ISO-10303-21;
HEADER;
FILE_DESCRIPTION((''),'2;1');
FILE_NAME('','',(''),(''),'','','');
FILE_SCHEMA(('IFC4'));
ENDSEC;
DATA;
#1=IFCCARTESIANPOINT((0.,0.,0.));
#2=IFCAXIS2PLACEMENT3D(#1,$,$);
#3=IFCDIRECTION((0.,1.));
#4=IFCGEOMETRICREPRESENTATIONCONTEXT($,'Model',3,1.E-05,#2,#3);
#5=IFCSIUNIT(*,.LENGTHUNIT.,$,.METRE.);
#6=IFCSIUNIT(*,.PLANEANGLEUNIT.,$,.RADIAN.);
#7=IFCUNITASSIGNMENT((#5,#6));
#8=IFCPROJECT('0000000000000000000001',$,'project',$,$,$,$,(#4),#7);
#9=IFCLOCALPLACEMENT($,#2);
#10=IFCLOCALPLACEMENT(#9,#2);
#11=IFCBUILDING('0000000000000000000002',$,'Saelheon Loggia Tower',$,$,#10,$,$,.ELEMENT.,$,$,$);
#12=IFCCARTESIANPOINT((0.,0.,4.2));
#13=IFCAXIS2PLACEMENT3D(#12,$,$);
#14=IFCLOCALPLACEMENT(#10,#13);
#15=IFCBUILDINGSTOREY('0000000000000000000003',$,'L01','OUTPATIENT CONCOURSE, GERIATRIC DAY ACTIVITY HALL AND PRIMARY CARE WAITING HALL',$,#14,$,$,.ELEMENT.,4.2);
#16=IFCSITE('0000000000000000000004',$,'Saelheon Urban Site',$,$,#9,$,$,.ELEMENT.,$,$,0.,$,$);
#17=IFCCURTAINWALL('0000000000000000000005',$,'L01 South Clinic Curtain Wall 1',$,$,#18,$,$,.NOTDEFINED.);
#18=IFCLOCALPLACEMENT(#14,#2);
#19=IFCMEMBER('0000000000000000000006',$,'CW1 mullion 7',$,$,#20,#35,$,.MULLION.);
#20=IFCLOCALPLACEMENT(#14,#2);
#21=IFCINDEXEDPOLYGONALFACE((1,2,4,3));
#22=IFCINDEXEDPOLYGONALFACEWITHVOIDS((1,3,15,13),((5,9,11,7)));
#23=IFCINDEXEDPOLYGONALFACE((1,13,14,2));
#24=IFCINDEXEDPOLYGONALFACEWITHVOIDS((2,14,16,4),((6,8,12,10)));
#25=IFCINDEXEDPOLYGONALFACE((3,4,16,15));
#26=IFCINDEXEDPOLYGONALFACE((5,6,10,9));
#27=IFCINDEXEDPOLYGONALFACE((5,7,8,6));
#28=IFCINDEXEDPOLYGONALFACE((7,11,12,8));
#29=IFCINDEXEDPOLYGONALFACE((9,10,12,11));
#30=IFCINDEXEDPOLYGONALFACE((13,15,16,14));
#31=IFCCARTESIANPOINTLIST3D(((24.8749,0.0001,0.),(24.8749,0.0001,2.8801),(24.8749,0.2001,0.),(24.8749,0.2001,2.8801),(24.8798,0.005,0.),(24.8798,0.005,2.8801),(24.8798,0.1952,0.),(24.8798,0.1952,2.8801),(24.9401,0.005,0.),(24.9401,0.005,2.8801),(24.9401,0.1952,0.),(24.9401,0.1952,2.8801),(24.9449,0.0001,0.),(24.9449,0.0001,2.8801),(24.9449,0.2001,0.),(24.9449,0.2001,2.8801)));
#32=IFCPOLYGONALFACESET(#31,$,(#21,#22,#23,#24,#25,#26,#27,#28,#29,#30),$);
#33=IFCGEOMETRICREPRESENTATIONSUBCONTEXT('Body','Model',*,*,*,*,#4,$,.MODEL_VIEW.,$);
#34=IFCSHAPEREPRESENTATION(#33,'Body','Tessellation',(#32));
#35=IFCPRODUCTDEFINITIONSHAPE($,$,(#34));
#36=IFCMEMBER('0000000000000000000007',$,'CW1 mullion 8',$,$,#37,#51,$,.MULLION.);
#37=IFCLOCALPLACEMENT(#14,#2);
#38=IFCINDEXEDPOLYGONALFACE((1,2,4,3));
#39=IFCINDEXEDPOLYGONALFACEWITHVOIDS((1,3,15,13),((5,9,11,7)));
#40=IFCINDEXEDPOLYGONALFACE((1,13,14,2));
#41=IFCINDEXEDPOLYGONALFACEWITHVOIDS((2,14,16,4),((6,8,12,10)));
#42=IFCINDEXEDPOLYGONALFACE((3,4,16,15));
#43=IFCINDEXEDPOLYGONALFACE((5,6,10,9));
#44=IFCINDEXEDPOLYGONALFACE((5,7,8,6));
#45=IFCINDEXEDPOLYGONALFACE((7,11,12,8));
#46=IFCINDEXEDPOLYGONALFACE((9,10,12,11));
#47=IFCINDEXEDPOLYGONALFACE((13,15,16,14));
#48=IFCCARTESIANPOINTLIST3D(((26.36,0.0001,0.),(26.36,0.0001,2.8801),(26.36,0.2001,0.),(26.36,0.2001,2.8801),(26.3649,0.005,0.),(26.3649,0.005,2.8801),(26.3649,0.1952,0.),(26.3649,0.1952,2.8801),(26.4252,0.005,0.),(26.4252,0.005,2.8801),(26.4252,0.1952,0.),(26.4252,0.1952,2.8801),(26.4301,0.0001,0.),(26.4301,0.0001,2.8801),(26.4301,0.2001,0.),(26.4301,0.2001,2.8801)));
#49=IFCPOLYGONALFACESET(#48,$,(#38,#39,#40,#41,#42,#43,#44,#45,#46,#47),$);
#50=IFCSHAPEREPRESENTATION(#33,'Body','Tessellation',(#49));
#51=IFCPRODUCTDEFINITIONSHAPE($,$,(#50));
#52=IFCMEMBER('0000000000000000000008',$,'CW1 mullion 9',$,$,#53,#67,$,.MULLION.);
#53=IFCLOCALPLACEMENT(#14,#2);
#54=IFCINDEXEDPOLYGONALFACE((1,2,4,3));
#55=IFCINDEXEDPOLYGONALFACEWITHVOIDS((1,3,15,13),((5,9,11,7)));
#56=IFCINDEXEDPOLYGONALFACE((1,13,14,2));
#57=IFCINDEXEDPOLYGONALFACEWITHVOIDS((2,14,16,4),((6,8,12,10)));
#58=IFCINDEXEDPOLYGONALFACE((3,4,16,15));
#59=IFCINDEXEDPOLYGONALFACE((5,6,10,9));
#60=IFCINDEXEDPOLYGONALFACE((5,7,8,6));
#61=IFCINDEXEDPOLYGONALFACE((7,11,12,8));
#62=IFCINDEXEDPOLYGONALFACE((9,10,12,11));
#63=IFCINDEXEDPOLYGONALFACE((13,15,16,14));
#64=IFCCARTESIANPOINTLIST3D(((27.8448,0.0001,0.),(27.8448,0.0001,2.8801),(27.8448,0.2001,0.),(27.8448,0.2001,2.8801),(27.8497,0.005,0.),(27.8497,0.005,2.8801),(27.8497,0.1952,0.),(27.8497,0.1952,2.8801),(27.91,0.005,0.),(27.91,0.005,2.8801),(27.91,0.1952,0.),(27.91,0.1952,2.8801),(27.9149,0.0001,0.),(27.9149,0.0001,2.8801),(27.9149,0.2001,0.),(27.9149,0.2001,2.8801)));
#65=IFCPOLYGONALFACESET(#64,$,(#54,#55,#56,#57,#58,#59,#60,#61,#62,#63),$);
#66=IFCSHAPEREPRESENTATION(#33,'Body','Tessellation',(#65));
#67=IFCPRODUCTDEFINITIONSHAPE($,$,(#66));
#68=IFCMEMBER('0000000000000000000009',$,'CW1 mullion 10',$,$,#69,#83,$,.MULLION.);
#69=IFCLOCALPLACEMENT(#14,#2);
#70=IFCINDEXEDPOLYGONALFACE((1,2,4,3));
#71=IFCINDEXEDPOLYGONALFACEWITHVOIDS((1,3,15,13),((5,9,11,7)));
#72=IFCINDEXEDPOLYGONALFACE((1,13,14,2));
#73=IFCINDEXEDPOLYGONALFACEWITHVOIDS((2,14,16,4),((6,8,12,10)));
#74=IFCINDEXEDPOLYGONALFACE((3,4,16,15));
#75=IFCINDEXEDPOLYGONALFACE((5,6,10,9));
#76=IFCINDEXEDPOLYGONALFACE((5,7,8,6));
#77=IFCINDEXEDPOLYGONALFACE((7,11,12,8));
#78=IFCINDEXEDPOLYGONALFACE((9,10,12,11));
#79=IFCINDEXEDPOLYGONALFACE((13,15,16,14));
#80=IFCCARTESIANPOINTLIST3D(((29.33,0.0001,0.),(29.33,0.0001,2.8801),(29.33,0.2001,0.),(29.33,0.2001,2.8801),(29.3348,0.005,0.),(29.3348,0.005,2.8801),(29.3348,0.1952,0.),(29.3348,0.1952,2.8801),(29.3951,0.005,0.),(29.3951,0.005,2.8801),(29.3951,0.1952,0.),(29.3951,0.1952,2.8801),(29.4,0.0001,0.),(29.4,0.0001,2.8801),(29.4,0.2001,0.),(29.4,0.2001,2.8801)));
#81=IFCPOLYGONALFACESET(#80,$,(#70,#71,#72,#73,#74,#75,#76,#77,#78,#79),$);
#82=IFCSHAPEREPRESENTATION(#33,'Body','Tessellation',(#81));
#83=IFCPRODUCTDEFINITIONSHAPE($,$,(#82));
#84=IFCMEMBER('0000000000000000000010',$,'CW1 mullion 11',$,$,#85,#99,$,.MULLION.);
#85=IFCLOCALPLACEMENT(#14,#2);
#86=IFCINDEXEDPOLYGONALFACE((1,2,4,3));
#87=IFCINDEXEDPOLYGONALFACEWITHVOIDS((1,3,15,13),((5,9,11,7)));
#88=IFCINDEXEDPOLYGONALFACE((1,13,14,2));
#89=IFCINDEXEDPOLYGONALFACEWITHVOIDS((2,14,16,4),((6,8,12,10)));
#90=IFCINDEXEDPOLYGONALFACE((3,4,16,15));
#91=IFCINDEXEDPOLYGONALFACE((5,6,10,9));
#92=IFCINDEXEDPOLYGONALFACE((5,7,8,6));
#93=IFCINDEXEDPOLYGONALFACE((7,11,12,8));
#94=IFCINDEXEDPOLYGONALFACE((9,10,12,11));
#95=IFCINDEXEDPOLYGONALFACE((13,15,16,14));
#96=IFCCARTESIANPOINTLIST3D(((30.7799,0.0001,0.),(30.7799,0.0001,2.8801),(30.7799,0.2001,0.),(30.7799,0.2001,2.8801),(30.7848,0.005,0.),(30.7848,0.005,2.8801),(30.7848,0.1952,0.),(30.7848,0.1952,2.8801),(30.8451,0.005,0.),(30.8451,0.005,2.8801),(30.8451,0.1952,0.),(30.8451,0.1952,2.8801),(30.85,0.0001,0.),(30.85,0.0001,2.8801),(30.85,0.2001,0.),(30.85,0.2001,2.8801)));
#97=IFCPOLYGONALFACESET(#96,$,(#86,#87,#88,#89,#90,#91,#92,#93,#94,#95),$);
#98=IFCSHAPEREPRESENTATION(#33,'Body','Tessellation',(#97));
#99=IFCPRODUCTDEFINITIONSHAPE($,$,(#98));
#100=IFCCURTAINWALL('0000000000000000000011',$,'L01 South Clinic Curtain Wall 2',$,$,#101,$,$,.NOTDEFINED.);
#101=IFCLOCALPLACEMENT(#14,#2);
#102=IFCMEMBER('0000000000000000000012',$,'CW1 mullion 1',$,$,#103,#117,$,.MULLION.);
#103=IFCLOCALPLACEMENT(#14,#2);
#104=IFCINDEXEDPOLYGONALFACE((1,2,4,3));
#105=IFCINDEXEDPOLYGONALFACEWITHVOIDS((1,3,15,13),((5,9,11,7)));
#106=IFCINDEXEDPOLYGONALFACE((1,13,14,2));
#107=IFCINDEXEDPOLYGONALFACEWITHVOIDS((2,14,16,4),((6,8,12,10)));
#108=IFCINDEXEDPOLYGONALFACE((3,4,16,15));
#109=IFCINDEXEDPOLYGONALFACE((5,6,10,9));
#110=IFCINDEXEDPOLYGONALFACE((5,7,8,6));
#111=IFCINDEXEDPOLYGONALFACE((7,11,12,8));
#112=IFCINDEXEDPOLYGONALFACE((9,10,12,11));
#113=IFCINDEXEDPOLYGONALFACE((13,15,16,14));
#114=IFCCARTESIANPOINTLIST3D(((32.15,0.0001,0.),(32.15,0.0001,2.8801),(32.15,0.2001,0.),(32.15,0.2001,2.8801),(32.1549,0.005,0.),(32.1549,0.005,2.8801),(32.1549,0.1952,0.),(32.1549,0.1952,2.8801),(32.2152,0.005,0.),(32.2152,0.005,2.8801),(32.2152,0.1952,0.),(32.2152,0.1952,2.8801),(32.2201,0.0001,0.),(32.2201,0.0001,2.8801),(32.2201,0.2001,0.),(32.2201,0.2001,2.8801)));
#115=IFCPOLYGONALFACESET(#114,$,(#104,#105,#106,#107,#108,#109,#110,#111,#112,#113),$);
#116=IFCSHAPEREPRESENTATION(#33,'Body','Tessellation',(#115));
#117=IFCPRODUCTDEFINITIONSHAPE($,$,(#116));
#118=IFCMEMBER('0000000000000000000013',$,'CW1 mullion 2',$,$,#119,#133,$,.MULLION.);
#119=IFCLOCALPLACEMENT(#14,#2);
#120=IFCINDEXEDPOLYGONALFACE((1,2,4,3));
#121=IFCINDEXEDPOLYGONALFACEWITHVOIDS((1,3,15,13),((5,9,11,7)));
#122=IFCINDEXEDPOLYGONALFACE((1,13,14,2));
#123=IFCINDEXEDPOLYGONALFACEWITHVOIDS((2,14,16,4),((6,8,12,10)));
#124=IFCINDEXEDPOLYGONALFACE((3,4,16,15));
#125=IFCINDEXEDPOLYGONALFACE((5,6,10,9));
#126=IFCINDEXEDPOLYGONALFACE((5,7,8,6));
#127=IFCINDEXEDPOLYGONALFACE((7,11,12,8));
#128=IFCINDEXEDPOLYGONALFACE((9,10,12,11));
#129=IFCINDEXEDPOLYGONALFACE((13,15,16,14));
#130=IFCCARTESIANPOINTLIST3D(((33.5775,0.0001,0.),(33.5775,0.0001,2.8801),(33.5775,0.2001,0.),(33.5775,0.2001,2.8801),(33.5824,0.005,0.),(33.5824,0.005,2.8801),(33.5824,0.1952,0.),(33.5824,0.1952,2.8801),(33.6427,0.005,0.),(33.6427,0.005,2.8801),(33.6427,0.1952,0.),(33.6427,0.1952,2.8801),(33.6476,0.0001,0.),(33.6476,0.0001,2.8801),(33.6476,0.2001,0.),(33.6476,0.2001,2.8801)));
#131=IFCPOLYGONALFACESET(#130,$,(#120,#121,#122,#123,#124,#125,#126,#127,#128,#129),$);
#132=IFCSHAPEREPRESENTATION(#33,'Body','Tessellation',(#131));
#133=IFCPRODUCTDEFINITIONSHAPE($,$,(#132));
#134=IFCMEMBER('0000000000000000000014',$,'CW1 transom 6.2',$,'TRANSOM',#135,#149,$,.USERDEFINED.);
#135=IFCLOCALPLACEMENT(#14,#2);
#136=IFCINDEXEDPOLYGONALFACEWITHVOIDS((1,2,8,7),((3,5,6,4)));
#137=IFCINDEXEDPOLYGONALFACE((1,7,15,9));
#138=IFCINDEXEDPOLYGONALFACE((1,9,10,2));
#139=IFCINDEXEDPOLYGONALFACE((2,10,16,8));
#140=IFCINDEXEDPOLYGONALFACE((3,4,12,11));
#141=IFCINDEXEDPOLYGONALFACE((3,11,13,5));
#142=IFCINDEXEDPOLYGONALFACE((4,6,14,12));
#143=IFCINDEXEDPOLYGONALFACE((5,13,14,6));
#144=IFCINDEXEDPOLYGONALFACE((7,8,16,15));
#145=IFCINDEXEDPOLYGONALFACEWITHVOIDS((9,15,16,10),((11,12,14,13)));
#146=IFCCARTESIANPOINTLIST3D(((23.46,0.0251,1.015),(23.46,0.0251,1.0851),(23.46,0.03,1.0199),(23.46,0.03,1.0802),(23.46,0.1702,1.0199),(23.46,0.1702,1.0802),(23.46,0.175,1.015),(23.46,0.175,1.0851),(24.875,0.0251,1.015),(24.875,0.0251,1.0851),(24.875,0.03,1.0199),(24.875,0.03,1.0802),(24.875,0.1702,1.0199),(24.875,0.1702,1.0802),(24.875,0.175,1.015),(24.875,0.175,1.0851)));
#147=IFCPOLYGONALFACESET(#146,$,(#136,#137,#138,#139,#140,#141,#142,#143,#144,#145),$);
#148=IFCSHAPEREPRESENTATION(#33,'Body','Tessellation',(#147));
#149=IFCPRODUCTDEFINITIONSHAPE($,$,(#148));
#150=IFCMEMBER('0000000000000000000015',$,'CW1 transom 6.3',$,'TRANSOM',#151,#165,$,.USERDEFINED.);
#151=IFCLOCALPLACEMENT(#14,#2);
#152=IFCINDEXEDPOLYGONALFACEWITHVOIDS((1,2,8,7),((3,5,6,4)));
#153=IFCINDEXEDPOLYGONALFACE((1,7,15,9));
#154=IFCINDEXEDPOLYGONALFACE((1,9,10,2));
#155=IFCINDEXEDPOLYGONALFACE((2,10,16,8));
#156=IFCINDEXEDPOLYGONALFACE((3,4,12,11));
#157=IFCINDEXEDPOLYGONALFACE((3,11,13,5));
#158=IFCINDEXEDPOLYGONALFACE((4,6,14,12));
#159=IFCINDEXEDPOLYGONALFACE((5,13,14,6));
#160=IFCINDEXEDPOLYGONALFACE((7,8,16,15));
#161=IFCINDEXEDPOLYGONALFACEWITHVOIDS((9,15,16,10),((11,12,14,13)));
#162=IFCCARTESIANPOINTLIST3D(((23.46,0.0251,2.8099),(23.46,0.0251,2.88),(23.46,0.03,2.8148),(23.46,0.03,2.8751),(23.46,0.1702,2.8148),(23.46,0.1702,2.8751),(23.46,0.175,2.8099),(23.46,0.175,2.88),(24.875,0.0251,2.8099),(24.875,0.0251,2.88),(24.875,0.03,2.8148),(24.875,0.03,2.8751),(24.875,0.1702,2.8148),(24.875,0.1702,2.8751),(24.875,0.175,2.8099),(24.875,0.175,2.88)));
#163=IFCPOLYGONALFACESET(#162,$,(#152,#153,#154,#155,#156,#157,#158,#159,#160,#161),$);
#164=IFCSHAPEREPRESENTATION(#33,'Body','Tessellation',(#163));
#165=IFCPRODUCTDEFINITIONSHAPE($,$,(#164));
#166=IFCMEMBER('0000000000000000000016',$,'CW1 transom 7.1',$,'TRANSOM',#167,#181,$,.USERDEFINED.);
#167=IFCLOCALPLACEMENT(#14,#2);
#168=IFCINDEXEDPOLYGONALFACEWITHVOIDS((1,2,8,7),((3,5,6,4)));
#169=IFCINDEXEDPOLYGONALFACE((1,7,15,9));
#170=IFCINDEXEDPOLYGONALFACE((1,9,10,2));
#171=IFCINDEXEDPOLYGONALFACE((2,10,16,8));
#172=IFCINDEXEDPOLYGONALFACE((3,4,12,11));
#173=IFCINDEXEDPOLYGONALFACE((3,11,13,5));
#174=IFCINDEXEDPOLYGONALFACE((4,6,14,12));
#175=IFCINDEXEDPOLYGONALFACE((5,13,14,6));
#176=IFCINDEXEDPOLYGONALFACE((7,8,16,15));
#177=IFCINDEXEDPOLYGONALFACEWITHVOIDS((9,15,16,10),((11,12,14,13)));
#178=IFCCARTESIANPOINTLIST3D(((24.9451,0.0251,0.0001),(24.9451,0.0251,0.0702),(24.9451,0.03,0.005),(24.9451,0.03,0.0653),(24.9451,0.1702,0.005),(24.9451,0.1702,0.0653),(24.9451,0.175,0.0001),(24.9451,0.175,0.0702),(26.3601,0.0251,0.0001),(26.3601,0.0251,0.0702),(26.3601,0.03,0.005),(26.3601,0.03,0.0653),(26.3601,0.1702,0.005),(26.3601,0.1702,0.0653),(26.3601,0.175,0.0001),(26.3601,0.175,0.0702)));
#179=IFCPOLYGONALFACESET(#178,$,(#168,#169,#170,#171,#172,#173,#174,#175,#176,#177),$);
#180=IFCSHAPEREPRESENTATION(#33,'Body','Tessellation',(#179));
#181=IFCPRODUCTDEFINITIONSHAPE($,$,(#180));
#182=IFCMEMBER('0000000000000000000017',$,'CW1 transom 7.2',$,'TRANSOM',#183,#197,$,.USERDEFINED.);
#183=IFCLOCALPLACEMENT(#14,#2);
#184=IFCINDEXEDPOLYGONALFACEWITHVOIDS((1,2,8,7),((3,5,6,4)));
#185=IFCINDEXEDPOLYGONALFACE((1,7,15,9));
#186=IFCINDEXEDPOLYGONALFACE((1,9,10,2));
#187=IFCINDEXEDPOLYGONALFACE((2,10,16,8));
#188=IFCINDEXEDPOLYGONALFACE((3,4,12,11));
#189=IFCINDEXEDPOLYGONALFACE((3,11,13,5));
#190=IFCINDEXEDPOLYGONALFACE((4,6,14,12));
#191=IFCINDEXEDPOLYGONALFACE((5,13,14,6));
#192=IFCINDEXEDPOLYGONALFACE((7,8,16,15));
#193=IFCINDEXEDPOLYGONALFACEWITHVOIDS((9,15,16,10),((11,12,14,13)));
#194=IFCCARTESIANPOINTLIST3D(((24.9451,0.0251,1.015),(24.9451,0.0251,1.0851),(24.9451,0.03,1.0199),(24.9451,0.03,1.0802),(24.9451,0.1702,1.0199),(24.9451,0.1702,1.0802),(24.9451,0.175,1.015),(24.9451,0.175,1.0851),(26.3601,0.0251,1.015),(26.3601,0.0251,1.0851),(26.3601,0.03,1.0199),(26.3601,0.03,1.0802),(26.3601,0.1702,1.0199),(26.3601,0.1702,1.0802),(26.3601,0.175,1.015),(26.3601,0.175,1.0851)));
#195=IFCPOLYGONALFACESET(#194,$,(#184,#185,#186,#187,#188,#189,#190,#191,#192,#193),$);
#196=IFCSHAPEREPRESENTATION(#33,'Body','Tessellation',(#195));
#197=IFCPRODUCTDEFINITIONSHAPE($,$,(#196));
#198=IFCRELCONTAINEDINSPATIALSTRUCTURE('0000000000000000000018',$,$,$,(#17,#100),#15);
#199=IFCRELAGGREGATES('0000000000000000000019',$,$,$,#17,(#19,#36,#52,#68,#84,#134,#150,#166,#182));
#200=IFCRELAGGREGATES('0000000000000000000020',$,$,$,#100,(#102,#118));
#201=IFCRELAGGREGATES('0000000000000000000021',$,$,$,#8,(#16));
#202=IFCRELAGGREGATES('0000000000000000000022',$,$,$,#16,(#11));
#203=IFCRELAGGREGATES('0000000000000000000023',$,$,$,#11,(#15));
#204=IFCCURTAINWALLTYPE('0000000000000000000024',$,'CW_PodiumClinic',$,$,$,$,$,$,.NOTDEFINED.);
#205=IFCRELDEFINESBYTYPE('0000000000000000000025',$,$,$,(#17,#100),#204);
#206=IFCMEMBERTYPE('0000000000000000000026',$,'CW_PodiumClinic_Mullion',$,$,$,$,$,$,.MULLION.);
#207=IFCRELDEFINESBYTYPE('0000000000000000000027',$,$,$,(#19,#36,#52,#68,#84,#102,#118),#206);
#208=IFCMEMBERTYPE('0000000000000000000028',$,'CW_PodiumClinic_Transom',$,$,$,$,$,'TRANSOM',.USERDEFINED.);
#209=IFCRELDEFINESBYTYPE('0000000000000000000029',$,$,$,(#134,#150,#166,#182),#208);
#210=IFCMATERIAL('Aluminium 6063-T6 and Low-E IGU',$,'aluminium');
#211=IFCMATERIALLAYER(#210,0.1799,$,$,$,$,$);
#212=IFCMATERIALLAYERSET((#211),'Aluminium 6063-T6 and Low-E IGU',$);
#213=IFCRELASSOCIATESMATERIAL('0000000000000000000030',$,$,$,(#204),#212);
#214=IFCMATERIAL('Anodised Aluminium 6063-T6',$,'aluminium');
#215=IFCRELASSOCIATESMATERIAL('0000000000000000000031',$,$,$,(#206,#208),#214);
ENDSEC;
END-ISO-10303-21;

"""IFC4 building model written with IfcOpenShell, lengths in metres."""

from ifc_helpers import new_model, si_unit, direction, frame, origin, origin_2d, place, context, subcontext, project, spatial, hollow_rectangle, extrude, source, transform, mapped, material, layer, layer_set, material_profile, profile_set, type_object, element, aggregate, save


model = new_model("IFC4")

# Units and contexts
model_context = context("Model", 3, precision=1e-05, world=origin(), true_north=direction((0.0, 1.0)))
body_context = subcontext(model_context, "Body", "Model", "MODEL_VIEW")
ifc_project = project(units=[si_unit("LENGTHUNIT", "METRE"), si_unit("PLANEANGLEUNIT", "RADIAN")], contexts=[model_context])

# Site, building, storey
site_placement = place(None, origin())
site = spatial("IfcSite", under=ifc_project, at=site_placement, Name="Saelheon Urban Site", CompositionType="ELEMENT", RefElevation=0.0)
building_placement = place(site_placement, origin())
building = spatial("IfcBuilding", under=site, at=building_placement, Name="Saelheon Loggia Tower", CompositionType="ELEMENT")
storey_placement = place(building_placement, frame((0.0, 0.0, 4.2)))
storey = spatial("IfcBuildingStorey", under=building, at=storey_placement, Name="L01", Description="OUTPATIENT CONCOURSE, GERIATRIC DAY ACTIVITY HALL AND PRIMARY CARE WAITING HALL", CompositionType="ELEMENT", Elevation=4.2)

# Curtain walls, members
ifc_material_1 = material(Name="Aluminium 6063-T6 and Low-E IGU", Category="aluminium")
ifc_layer_1 = layer(ifc_material_1, 0.1799)
ifc_layer_set_1 = layer_set([ifc_layer_1], Name="Aluminium 6063-T6 and Low-E IGU")
curtain_wall_type = type_object("IfcCurtainWallType", Name="CW_PodiumClinic", PredefinedType="NOTDEFINED", material=ifc_layer_set_1)
curtain_wall_1_placement = place(storey_placement, origin())
curtain_wall_1 = element("IfcCurtainWall", 1, at=curtain_wall_1_placement, inside=storey, type_object=curtain_wall_type, Name="L01 South Clinic Curtain Wall 1", PredefinedType="NOTDEFINED")
ifc_material_2 = material(Name="Anodised Aluminium 6063-T6", Category="aluminium")
ifc_material_profile_1 = material_profile(ifc_material_2, hollow_rectangle(XDim=0.0701, YDim=0.2, WallThickness=0.0049, at=origin_2d()), Name="RHS-200x70x5")
ifc_profile_set_1 = profile_set([ifc_material_profile_1], Name="Anodised Aluminium 6063-T6")
member_type_1 = type_object("IfcMemberType", Name="CW_PodiumClinic_Mullion", PredefinedType="MULLION", material=ifc_profile_set_1)
shared_shape_1 = source(origin(), body_context, "Body", "SweptSolid", [
    extrude(hollow_rectangle(XDim=0.0701, YDim=0.2, WallThickness=0.0049, at=origin_2d()), origin(), (0.0, 0.0, 1.0), 2.8801),
])
member_1_placement = place(storey_placement, frame((24.9099, 0.1001, 0.0), z_axis=(0.0, 0.0, 1.0), x_axis=(1.0, 0.0, 0.0)))
member_1 = element("IfcMember", 2, at=member_1_placement, type_object=member_type_1, Name="CW1 mullion 7", PredefinedType="MULLION", context=body_context, shape_type="MappedRepresentation", body=[
    mapped(shared_shape_1, transform((0.0, 0.0, 0.0), scale=1.0)),
])
member_2_placement = place(storey_placement, frame((26.395, 0.1001, 0.0), z_axis=(0.0, 0.0, 1.0), x_axis=(1.0, 0.0, 0.0)))
member_2 = element("IfcMember", 3, at=member_2_placement, type_object=member_type_1, Name="CW1 mullion 8", PredefinedType="MULLION", context=body_context, shape_type="MappedRepresentation", body=[
    mapped(shared_shape_1, transform((0.0, 0.0, 0.0), scale=1.0)),
])
member_3_placement = place(storey_placement, frame((27.8799, 0.1001, 0.0), z_axis=(0.0, 0.0, 1.0), x_axis=(1.0, 0.0, 0.0)))
member_3 = element("IfcMember", 4, at=member_3_placement, type_object=member_type_1, Name="CW1 mullion 9", PredefinedType="MULLION", context=body_context, shape_type="MappedRepresentation", body=[
    mapped(shared_shape_1, transform((0.0, 0.0, 0.0), scale=1.0)),
])
member_4_placement = place(storey_placement, frame((29.365, 0.1001, 0.0), z_axis=(0.0, 0.0, 1.0), x_axis=(1.0, 0.0, 0.0)))
member_4 = element("IfcMember", 5, at=member_4_placement, type_object=member_type_1, Name="CW1 mullion 10", PredefinedType="MULLION", context=body_context, shape_type="MappedRepresentation", body=[
    mapped(shared_shape_1, transform((0.0, 0.0, 0.0), scale=1.0)),
])
member_5_placement = place(storey_placement, frame((30.8149, 0.1001, 0.0), z_axis=(0.0, 0.0, 1.0), x_axis=(1.0, 0.0, 0.0)))
member_5 = element("IfcMember", 6, at=member_5_placement, type_object=member_type_1, Name="CW1 mullion 11", PredefinedType="MULLION", context=body_context, shape_type="MappedRepresentation", body=[
    mapped(shared_shape_1, transform((0.0, 0.0, 0.0), scale=1.0)),
])
curtain_wall_2_placement = place(storey_placement, origin())
curtain_wall_2 = element("IfcCurtainWall", 7, at=curtain_wall_2_placement, inside=storey, type_object=curtain_wall_type, Name="L01 South Clinic Curtain Wall 2", PredefinedType="NOTDEFINED")
member_6_placement = place(storey_placement, frame((32.1851, 0.1001, 0.0), z_axis=(0.0, 0.0, 1.0), x_axis=(1.0, 0.0, 0.0)))
member_6 = element("IfcMember", 8, at=member_6_placement, type_object=member_type_1, Name="CW1 mullion 1", PredefinedType="MULLION", context=body_context, shape_type="MappedRepresentation", body=[
    mapped(shared_shape_1, transform((0.0, 0.0, 0.0), scale=1.0)),
])
member_7_placement = place(storey_placement, frame((33.6125, 0.1001, 0.0), z_axis=(0.0, 0.0, 1.0), x_axis=(1.0, 0.0, 0.0)))
member_7 = element("IfcMember", 9, at=member_7_placement, type_object=member_type_1, Name="CW1 mullion 2", PredefinedType="MULLION", context=body_context, shape_type="MappedRepresentation", body=[
    mapped(shared_shape_1, transform((0.0, 0.0, 0.0), scale=1.0)),
])

# Members
ifc_material_profile_2 = material_profile(ifc_material_2, hollow_rectangle(XDim=0.0701, YDim=0.1499, WallThickness=0.0049, at=origin_2d()), Name="RHS-150x70x5")
ifc_profile_set_2 = profile_set([ifc_material_profile_2], Name="Anodised Aluminium 6063-T6")
member_type_2 = type_object("IfcMemberType", Name="CW_PodiumClinic_Transom", ElementType="TRANSOM", PredefinedType="USERDEFINED", material=ifc_profile_set_2)
shared_shape_2 = source(origin(), body_context, "Body", "SweptSolid", [
    extrude(hollow_rectangle(XDim=0.0701, YDim=0.1499, WallThickness=0.0049, at=origin_2d()), origin(), (0.0, 0.0, 1.0), 1.415),
])
member_8_placement = place(storey_placement, frame((23.46, 0.1001, 1.05), z_axis=(1.0, 0.0, 0.0), x_axis=(0.0, 0.0, 1.0)))
member_8 = element("IfcMember", 10, at=member_8_placement, type_object=member_type_2, Name="CW1 transom 6.2", ObjectType="TRANSOM", PredefinedType="USERDEFINED", context=body_context, shape_type="MappedRepresentation", body=[
    mapped(shared_shape_2, transform((0.0, 0.0, 0.0), scale=1.0)),
])
member_9_placement = place(storey_placement, frame((23.46, 0.1001, 2.845), z_axis=(1.0, 0.0, 0.0), x_axis=(0.0, 0.0, 1.0)))
member_9 = element("IfcMember", 11, at=member_9_placement, type_object=member_type_2, Name="CW1 transom 6.3", ObjectType="TRANSOM", PredefinedType="USERDEFINED", context=body_context, shape_type="MappedRepresentation", body=[
    mapped(shared_shape_2, transform((0.0, 0.0, 0.0), scale=1.0)),
])
member_10_placement = place(storey_placement, frame((24.9451, 0.1001, 0.0352), z_axis=(1.0, 0.0, 0.0), x_axis=(0.0, 0.0, 1.0)))
member_10 = element("IfcMember", 12, at=member_10_placement, type_object=member_type_2, Name="CW1 transom 7.1", ObjectType="TRANSOM", PredefinedType="USERDEFINED", context=body_context, shape_type="MappedRepresentation", body=[
    mapped(shared_shape_2, transform((0.0, 0.0, 0.0), scale=1.0)),
])
member_11_placement = place(storey_placement, frame((24.9451, 0.1001, 1.05), z_axis=(1.0, 0.0, 0.0), x_axis=(0.0, 0.0, 1.0)))
member_11 = element("IfcMember", 13, at=member_11_placement, type_object=member_type_2, Name="CW1 transom 7.2", ObjectType="TRANSOM", PredefinedType="USERDEFINED", context=body_context, shape_type="MappedRepresentation", body=[
    mapped(shared_shape_2, transform((0.0, 0.0, 0.0), scale=1.0)),
])

aggregate(curtain_wall_1, [member_1, member_2, member_3, member_4, member_5, member_8, member_9, member_10, member_11])
aggregate(curtain_wall_2, [member_6, member_7])

save(model, "model.ifc")
